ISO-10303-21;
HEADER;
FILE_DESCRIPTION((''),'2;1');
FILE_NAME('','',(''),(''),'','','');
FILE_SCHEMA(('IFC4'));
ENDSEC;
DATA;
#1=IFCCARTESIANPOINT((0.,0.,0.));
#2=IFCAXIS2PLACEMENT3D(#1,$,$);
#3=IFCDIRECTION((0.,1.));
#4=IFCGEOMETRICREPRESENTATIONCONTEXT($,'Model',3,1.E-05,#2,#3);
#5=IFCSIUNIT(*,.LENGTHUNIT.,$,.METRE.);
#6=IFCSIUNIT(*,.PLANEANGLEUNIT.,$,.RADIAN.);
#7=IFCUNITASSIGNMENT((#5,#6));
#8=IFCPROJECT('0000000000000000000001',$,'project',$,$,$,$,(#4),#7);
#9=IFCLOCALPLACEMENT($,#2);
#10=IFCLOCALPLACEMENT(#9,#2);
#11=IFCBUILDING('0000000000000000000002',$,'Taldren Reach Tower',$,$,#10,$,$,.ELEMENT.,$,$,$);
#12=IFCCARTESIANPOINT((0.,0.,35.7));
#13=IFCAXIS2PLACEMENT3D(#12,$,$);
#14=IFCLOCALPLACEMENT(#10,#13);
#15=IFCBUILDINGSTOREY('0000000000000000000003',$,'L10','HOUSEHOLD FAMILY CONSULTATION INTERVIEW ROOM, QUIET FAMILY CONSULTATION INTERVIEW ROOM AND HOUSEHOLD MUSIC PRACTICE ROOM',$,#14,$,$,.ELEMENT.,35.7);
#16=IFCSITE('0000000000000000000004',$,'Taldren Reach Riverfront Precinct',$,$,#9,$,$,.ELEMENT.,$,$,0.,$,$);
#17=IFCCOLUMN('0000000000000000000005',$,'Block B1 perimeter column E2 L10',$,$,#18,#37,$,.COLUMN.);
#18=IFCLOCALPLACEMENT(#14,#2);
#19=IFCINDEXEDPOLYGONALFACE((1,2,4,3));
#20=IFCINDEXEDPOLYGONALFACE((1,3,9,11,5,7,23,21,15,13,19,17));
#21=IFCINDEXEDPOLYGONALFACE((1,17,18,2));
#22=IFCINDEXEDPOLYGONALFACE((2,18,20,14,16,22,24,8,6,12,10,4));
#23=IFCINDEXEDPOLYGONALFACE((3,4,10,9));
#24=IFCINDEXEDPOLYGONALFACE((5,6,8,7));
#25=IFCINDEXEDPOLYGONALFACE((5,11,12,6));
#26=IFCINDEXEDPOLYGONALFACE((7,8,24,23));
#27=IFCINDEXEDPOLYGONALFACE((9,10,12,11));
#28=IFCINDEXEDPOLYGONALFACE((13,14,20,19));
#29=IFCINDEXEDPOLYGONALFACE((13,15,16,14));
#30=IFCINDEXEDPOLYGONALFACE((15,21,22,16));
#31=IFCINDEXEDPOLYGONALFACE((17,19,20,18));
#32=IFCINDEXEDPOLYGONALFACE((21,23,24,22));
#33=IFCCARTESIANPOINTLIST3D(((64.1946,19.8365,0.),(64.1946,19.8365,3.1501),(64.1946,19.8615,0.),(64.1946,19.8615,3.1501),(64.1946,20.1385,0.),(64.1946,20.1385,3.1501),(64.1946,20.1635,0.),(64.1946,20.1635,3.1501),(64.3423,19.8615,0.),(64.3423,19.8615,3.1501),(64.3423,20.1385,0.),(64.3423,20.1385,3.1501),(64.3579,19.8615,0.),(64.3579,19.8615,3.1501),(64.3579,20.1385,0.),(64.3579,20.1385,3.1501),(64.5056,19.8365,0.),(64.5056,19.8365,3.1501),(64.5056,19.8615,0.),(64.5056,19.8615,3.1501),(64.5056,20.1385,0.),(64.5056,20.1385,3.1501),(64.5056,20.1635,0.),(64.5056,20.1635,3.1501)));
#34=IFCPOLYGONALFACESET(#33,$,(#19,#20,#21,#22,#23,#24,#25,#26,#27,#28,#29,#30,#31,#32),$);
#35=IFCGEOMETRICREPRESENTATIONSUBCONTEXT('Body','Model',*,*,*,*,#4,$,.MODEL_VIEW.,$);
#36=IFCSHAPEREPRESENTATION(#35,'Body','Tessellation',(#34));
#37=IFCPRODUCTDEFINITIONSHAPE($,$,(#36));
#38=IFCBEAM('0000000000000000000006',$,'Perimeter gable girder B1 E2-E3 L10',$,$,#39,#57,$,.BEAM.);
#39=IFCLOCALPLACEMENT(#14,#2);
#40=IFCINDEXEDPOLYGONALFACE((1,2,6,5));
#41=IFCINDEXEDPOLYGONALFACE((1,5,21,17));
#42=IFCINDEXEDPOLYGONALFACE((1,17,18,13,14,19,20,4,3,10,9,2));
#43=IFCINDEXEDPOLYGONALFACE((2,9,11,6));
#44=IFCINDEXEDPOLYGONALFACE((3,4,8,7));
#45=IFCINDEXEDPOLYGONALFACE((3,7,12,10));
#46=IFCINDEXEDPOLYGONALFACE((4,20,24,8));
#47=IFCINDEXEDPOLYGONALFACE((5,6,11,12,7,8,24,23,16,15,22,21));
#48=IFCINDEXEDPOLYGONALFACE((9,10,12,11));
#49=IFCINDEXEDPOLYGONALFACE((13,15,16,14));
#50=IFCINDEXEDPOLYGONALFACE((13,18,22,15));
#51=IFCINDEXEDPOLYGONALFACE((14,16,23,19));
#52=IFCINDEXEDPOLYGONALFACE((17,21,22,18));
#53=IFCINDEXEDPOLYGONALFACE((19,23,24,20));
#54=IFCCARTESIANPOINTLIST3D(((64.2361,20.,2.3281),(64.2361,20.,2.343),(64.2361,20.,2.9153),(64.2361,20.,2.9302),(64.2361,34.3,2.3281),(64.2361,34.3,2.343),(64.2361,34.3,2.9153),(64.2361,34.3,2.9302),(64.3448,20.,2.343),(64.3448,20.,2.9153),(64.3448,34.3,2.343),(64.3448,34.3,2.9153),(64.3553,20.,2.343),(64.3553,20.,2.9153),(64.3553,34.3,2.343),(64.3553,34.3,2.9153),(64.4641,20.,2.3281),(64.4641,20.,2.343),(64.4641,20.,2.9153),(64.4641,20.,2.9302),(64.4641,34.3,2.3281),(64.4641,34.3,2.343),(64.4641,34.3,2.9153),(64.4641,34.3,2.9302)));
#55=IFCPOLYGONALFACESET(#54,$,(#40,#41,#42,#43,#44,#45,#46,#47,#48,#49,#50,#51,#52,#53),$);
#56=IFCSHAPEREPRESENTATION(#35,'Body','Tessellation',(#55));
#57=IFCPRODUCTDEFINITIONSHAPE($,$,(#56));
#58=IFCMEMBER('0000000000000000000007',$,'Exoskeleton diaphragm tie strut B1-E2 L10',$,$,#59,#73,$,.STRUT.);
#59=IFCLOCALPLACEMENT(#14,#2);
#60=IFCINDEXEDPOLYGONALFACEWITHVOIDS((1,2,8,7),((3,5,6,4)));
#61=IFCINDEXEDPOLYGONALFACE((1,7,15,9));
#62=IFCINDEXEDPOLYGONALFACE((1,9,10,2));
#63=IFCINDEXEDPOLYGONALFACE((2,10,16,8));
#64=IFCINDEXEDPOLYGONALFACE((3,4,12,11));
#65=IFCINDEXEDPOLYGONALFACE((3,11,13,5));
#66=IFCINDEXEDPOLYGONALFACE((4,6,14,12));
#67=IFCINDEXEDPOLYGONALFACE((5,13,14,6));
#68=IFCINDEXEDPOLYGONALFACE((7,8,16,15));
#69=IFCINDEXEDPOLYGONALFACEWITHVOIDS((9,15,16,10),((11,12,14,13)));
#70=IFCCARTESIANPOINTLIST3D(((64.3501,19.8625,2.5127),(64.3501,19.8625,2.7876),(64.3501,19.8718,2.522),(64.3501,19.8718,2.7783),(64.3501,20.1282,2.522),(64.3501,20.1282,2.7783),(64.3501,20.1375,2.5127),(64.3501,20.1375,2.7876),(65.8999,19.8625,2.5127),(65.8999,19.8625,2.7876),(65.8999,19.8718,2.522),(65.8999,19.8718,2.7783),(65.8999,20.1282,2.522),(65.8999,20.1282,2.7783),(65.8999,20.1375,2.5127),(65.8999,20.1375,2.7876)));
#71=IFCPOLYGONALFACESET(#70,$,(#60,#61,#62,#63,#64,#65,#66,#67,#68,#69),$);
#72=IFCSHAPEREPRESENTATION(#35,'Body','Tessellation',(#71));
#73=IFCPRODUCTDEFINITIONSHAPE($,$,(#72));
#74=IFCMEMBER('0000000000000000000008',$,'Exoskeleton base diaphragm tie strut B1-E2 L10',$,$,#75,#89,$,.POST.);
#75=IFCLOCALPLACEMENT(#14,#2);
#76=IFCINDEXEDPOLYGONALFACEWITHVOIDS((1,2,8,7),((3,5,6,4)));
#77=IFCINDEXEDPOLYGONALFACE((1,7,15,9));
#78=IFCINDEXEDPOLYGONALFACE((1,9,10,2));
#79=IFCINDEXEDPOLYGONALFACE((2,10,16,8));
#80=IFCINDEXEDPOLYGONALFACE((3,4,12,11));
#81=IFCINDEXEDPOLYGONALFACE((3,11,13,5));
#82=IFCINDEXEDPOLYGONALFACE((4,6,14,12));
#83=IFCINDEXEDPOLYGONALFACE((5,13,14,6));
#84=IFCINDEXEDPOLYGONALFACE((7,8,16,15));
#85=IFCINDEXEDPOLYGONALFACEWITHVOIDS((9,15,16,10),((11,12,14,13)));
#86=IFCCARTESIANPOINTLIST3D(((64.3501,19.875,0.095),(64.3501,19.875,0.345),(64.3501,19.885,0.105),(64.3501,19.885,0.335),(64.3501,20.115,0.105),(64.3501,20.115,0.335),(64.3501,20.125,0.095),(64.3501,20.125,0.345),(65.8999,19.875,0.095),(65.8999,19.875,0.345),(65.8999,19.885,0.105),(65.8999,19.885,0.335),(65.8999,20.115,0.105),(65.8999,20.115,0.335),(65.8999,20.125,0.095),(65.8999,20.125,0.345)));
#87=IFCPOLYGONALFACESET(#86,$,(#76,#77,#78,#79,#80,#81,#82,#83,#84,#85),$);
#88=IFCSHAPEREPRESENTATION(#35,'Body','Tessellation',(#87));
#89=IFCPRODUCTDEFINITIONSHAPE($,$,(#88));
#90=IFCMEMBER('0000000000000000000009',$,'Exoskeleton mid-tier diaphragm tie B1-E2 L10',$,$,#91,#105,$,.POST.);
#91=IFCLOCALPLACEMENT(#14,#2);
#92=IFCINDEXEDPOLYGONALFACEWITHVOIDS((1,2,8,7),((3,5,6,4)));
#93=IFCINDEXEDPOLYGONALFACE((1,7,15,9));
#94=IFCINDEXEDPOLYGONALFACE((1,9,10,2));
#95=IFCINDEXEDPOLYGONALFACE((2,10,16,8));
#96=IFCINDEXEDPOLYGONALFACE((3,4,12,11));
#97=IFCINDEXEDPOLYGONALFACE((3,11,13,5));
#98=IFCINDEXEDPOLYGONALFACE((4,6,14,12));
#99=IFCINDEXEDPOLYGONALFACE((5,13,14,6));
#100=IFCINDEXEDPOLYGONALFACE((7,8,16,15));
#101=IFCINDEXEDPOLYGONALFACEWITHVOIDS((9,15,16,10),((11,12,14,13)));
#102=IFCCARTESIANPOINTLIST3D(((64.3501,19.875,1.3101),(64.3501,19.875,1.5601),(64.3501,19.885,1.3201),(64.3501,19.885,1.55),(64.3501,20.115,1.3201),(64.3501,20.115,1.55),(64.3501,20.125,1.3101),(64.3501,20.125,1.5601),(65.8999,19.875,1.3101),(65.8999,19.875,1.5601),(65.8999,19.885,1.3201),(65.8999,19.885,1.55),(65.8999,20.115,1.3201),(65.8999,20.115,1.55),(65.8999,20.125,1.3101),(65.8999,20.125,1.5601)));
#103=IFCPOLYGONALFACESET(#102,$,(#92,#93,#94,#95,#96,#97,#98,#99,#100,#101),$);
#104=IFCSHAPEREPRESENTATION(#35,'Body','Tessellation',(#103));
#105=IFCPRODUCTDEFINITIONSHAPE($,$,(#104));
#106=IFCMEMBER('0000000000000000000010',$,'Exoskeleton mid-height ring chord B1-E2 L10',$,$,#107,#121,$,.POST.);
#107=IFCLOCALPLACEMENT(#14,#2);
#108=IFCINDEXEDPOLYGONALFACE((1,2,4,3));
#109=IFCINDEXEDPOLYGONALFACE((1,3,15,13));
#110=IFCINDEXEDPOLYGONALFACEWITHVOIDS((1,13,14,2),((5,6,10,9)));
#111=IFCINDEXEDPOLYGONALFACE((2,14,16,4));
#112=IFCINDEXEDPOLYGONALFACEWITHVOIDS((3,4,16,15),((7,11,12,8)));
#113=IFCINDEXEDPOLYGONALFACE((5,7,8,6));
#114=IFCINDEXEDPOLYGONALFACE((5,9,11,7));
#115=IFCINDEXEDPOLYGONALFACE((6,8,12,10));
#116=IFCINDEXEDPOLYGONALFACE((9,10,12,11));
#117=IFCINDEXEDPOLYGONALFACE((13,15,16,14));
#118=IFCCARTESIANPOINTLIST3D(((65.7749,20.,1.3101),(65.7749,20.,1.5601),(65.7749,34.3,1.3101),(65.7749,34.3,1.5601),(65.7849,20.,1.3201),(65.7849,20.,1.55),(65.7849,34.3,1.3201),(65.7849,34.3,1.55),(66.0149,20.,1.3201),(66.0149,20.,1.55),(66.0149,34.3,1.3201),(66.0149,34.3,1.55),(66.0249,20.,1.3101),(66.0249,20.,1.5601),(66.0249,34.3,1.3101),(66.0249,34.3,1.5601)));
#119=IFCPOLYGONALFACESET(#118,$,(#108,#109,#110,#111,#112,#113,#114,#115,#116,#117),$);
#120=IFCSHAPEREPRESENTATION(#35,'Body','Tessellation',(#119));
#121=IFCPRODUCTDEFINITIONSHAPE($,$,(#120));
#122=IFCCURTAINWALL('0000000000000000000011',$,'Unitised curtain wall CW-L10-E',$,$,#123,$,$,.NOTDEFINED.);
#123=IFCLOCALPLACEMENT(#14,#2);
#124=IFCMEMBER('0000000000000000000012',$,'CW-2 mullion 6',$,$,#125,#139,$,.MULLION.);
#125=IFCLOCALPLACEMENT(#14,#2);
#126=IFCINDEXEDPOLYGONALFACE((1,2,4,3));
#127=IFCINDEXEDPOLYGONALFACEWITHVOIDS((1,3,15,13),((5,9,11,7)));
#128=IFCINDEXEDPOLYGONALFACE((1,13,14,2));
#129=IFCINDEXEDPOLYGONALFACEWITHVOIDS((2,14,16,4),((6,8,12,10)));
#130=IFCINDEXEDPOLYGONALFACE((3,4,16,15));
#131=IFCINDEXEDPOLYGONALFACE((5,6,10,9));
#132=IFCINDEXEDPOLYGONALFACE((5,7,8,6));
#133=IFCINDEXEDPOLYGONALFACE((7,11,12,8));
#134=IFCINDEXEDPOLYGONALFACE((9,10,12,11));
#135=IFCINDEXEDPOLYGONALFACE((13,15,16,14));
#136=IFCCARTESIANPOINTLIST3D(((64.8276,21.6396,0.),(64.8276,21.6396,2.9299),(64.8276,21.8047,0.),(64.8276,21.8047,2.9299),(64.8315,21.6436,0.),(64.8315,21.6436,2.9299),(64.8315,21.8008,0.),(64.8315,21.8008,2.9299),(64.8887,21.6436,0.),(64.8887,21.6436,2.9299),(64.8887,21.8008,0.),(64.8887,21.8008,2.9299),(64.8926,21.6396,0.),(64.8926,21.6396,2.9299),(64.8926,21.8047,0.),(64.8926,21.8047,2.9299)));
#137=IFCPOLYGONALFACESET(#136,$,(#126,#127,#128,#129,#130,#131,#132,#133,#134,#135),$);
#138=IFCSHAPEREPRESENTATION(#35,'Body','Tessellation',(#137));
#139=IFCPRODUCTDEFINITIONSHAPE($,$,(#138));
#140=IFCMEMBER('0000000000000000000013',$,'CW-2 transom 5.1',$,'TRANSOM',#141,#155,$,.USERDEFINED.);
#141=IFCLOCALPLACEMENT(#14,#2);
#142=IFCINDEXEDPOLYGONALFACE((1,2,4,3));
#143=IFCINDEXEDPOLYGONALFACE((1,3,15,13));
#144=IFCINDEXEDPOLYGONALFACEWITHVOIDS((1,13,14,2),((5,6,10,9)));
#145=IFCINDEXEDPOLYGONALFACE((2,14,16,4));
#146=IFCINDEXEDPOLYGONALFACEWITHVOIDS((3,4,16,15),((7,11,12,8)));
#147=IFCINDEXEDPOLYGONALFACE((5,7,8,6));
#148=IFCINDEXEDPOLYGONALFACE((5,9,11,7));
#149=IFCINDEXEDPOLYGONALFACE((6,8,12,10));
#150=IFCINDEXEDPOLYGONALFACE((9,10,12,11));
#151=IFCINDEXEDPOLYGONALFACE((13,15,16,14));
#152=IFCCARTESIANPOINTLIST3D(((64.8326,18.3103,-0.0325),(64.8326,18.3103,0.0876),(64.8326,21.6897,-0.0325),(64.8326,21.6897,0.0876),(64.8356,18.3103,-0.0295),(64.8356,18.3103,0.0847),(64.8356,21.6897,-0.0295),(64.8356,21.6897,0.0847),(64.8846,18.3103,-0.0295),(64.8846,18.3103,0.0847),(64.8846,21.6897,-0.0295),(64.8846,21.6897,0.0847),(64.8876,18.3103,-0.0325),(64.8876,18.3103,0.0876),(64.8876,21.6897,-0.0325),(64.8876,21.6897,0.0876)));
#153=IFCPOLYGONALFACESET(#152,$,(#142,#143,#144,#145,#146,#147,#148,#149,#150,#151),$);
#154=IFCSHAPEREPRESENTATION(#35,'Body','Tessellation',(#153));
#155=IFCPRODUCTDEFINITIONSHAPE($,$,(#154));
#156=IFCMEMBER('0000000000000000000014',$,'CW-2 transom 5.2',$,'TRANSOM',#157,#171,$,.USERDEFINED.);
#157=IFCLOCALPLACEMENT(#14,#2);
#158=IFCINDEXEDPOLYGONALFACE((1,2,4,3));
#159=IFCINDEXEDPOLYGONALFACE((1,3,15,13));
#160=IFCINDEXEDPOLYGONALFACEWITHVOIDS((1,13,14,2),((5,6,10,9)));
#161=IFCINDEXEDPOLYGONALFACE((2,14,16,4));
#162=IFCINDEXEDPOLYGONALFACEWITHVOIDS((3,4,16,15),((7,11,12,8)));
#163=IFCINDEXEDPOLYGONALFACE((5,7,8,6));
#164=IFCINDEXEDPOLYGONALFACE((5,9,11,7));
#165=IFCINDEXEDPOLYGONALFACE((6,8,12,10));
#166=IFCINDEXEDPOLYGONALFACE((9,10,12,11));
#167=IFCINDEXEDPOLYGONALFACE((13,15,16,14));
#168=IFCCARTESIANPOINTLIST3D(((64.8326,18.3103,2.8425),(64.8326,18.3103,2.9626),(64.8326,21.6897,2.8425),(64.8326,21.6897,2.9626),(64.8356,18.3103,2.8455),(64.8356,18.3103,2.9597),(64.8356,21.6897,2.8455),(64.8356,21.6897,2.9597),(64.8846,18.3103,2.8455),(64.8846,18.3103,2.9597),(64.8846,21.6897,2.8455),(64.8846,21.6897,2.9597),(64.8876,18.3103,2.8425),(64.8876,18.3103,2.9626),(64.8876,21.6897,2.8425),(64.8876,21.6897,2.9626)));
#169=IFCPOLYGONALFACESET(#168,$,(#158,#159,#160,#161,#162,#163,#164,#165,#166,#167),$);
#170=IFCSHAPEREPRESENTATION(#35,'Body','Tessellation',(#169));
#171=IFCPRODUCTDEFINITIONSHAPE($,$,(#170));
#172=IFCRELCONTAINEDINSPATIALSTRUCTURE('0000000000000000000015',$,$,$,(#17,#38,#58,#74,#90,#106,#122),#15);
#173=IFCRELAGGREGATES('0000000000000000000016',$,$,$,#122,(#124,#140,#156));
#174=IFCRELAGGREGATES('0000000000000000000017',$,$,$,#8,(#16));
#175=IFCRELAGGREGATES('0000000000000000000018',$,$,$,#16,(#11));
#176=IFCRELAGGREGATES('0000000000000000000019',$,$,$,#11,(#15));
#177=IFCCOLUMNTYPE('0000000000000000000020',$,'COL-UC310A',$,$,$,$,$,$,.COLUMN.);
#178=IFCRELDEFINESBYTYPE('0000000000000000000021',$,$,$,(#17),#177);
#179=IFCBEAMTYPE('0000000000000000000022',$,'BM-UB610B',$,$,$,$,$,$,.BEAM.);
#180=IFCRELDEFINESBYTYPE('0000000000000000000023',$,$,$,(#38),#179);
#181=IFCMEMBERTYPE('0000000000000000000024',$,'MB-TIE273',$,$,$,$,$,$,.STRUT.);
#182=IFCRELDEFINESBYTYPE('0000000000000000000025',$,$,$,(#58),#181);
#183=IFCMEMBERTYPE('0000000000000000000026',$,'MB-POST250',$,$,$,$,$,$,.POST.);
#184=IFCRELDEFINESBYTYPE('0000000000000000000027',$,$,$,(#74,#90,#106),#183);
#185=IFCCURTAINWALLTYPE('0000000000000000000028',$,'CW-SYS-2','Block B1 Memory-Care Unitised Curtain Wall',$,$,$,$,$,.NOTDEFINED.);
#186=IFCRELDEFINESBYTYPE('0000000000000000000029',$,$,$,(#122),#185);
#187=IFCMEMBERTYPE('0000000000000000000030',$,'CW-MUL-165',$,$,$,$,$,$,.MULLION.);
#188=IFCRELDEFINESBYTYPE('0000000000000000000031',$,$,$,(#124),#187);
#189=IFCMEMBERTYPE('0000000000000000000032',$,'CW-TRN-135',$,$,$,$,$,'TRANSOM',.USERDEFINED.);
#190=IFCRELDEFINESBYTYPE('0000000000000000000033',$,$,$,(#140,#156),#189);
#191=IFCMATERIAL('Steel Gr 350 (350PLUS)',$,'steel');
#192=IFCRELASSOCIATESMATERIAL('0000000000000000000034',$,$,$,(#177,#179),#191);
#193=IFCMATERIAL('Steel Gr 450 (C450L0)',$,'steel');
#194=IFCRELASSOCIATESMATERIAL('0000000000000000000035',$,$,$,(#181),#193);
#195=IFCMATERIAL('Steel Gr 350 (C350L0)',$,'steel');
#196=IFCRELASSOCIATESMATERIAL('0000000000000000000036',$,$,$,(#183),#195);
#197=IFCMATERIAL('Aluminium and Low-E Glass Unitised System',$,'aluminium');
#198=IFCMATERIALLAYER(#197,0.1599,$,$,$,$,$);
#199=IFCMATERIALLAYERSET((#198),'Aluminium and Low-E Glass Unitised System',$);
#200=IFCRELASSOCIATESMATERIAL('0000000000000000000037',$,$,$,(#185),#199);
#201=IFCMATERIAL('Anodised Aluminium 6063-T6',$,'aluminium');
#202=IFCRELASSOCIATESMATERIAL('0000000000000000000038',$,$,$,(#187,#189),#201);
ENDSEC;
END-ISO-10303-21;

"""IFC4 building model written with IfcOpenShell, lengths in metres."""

from ifc_helpers import new_model, si_unit, direction, frame, origin, origin_2d, place, context, subcontext, project, spatial, hollow_rectangle, i_section, extrude, source, transform, mapped, material, layer, layer_set, material_profile, profile_set, type_object, element, aggregate, save


model = new_model("IFC4")

# Units and contexts
model_context = context("Model", 3, precision=1e-05, world=origin(), true_north=direction((0.0, 1.0)))
body_context = subcontext(model_context, "Body", "Model", "MODEL_VIEW")
ifc_project = project(units=[si_unit("LENGTHUNIT", "METRE"), si_unit("PLANEANGLEUNIT", "RADIAN")], contexts=[model_context])

# Site, building, storey
site_placement = place(None, origin())
site = spatial("IfcSite", under=ifc_project, at=site_placement, Name="Taldren Reach Riverfront Precinct", CompositionType="ELEMENT", RefElevation=0.0)
building_placement = place(site_placement, origin())
building = spatial("IfcBuilding", under=site, at=building_placement, Name="Taldren Reach Tower", CompositionType="ELEMENT")
storey_placement = place(building_placement, frame((0.0, 0.0, 35.7)))
storey = spatial("IfcBuildingStorey", under=building, at=storey_placement, Name="L10", Description="HOUSEHOLD FAMILY CONSULTATION INTERVIEW ROOM, QUIET FAMILY CONSULTATION INTERVIEW ROOM AND HOUSEHOLD MUSIC PRACTICE ROOM", CompositionType="ELEMENT", Elevation=35.7)

# Column
ifc_material_1 = material(Name="Steel Gr 350 (350PLUS)", Category="steel")
ifc_material_profile_1 = material_profile(ifc_material_1, i_section(OverallWidth=0.311, OverallDepth=0.3269, WebThickness=0.0156, FlangeThickness=0.0249, at=origin_2d()), Name="310UC158")
ifc_profile_set_1 = profile_set([ifc_material_profile_1], Name="Steel Gr 350 (350PLUS)")
column_type = type_object("IfcColumnType", Name="COL-UC310A", PredefinedType="COLUMN", material=ifc_profile_set_1)
shared_shape_1 = source(origin(), body_context, "Body", "SweptSolid", [
    extrude(i_section(OverallWidth=0.311, OverallDepth=0.3269, WebThickness=0.0156, FlangeThickness=0.0249, at=origin_2d()), origin(), (0.0, 0.0, 1.0), 3.1501),
])
column_placement = place(storey_placement, frame((64.3501, 20.0, 0.0), z_axis=(0.0, 0.0, 1.0), x_axis=(1.0, 0.0, 0.0)))
element("IfcColumn", 1, at=column_placement, inside=storey, type_object=column_type, Name="Block B1 perimeter column E2 L10", PredefinedType="COLUMN", context=body_context, shape_type="MappedRepresentation", body=[
    mapped(shared_shape_1, transform((0.0, 0.0, 0.0), scale=1.0)),
])

# Beam
ifc_material_profile_2 = material_profile(ifc_material_1, i_section(OverallWidth=0.228, OverallDepth=0.6021, WebThickness=0.0105, FlangeThickness=0.0149, at=origin_2d()), Name="610UB101")
ifc_profile_set_2 = profile_set([ifc_material_profile_2], Name="Steel Gr 350 (350PLUS)")
beam_type = type_object("IfcBeamType", Name="BM-UB610B", PredefinedType="BEAM", material=ifc_profile_set_2)
shared_shape_2 = source(origin(), body_context, "Body", "SweptSolid", [
    extrude(i_section(OverallWidth=0.228, OverallDepth=0.6021, WebThickness=0.0105, FlangeThickness=0.0149, at=origin_2d()), origin(), (0.0, 0.0, 1.0), 14.3),
])
beam_placement = place(storey_placement, frame((64.3501, 20.0, 2.6292), z_axis=(0.0, 1.0, 0.0), x_axis=(-1.0, 0.0, 0.0)))
element("IfcBeam", 2, at=beam_placement, inside=storey, type_object=beam_type, Name="Perimeter gable girder B1 E2-E3 L10", PredefinedType="BEAM", context=body_context, shape_type="MappedRepresentation", body=[
    mapped(shared_shape_2, transform((0.0, 0.0, 0.0), scale=1.0)),
])

# Members
ifc_material_2 = material(Name="Steel Gr 450 (C450L0)", Category="steel")
ifc_material_profile_3 = material_profile(ifc_material_2, hollow_rectangle(XDim=0.2749, YDim=0.2749, WallThickness=0.0093, at=origin_2d()), Name="275x275x9.3SHS")
ifc_profile_set_3 = profile_set([ifc_material_profile_3], Name="Steel Gr 450 (C450L0)")
member_type_1 = type_object("IfcMemberType", Name="MB-TIE273", PredefinedType="STRUT", material=ifc_profile_set_3)
shared_shape_3 = source(origin(), body_context, "Body", "SweptSolid", [
    extrude(hollow_rectangle(XDim=0.2749, YDim=0.2749, WallThickness=0.0093, at=origin_2d()), origin(), (0.0, 0.0, 1.0), 1.5498),
])
member_1_placement = place(storey_placement, frame((64.3501, 20.0, 2.6501), z_axis=(1.0, 0.0, 0.0), x_axis=(0.0, 1.0, 0.0)))
element("IfcMember", 3, at=member_1_placement, inside=storey, type_object=member_type_1, Name="Exoskeleton diaphragm tie strut B1-E2 L10", PredefinedType="STRUT", context=body_context, shape_type="MappedRepresentation", body=[
    mapped(shared_shape_3, transform((0.0, 0.0, 0.0), scale=1.0)),
])
ifc_material_3 = material(Name="Steel Gr 350 (C350L0)", Category="steel")
ifc_material_profile_4 = material_profile(ifc_material_3, hollow_rectangle(XDim=0.25, YDim=0.25, WallThickness=0.01, at=origin_2d()), Name="250x250x10.0SHS")
ifc_profile_set_4 = profile_set([ifc_material_profile_4], Name="Steel Gr 350 (C350L0)")
member_type_2 = type_object("IfcMemberType", Name="MB-POST250", PredefinedType="POST", material=ifc_profile_set_4)
shared_shape_4 = source(origin(), body_context, "Body", "SweptSolid", [
    extrude(hollow_rectangle(XDim=0.25, YDim=0.25, WallThickness=0.01, at=origin_2d()), origin(), (0.0, 0.0, 1.0), 1.5498),
])
for number, where, z_axis, x_axis, name in (
    (4, (64.3501, 20.0, 0.22), (1.0, 0.0, 0.0), (0.0, 1.0, 0.0), "Exoskeleton base diaphragm tie strut B1-E2 L10"),
    (5, (64.3501, 20.0, 1.4351), (1.0, 0.0, 0.0), (0.0, 1.0, 0.0), "Exoskeleton mid-tier diaphragm tie B1-E2 L10"),
):
    element("IfcMember", number, at=place(storey_placement, frame(where, z_axis=z_axis, x_axis=x_axis)), inside=storey, type_object=member_type_2, Name=name, PredefinedType="POST", context=body_context, shape_type="MappedRepresentation", body=[
        mapped(shared_shape_4, transform((0.0, 0.0, 0.0), scale=1.0)),
    ])
shared_shape_5 = source(origin(), body_context, "Body", "SweptSolid", [
    extrude(hollow_rectangle(XDim=0.25, YDim=0.25, WallThickness=0.01, at=origin_2d()), origin(), (0.0, 0.0, 1.0), 14.3),
])
member_2_placement = place(storey_placement, frame((65.8999, 20.0, 1.4351), z_axis=(0.0, 1.0, 0.0), x_axis=(-1.0, 0.0, 0.0)))
element("IfcMember", 6, at=member_2_placement, inside=storey, type_object=member_type_2, Name="Exoskeleton mid-height ring chord B1-E2 L10", PredefinedType="POST", context=body_context, shape_type="MappedRepresentation", body=[
    mapped(shared_shape_5, transform((0.0, 0.0, 0.0), scale=1.0)),
])

# Curtain wall, members
ifc_material_4 = material(Name="Aluminium and Low-E Glass Unitised System", Category="aluminium")
ifc_layer_1 = layer(ifc_material_4, 0.1599)
ifc_layer_set_1 = layer_set([ifc_layer_1], Name="Aluminium and Low-E Glass Unitised System")
curtain_wall_type = type_object("IfcCurtainWallType", Name="CW-SYS-2", Description="Block B1 Memory-Care Unitised Curtain Wall", PredefinedType="NOTDEFINED", material=ifc_layer_set_1)
curtain_wall_placement = place(storey_placement, origin())
curtain_wall = element("IfcCurtainWall", 7, at=curtain_wall_placement, inside=storey, type_object=curtain_wall_type, Name="Unitised curtain wall CW-L10-E", PredefinedType="NOTDEFINED")
ifc_material_5 = material(Name="Anodised Aluminium 6063-T6", Category="aluminium")
ifc_material_profile_5 = material_profile(ifc_material_5, hollow_rectangle(XDim=0.0649, YDim=0.165, WallThickness=0.0039, at=origin_2d()), Name="ALU-165x65x4RHS")
ifc_profile_set_5 = profile_set([ifc_material_profile_5], Name="Anodised Aluminium 6063-T6")
member_type_3 = type_object("IfcMemberType", Name="CW-MUL-165", PredefinedType="MULLION", material=ifc_profile_set_5)
shared_shape_6 = source(origin(), body_context, "Body", "SweptSolid", [
    extrude(hollow_rectangle(XDim=0.0649, YDim=0.165, WallThickness=0.0039, at=origin_2d()), origin(), (0.0, 0.0, 1.0), 2.9299),
])
member_3_placement = place(storey_placement, frame((64.8601, 21.7222, 0.0), z_axis=(0.0, 0.0, 1.0), x_axis=(-1.0, 0.0, 0.0)))
member_3 = element("IfcMember", 8, at=member_3_placement, type_object=member_type_3, Name="CW-2 mullion 6", PredefinedType="MULLION", context=body_context, shape_type="MappedRepresentation", body=[
    mapped(shared_shape_6, transform((0.0, 0.0, 0.0), scale=1.0)),
])
ifc_material_profile_6 = material_profile(ifc_material_5, hollow_rectangle(XDim=0.0549, YDim=0.1201, WallThickness=0.0029, at=origin_2d()), Name="ALU-120x55x3RHS")
ifc_profile_set_6 = profile_set([ifc_material_profile_6], Name="Anodised Aluminium 6063-T6")
member_type_4 = type_object("IfcMemberType", Name="CW-TRN-135", ElementType="TRANSOM", PredefinedType="USERDEFINED", material=ifc_profile_set_6)
shared_shape_7 = source(origin(), body_context, "Body", "SweptSolid", [
    extrude(hollow_rectangle(XDim=0.0549, YDim=0.1201, WallThickness=0.0029, at=origin_2d()), origin(), (0.0, 0.0, 1.0), 3.3794),
])
member_4_placement = place(storey_placement, frame((64.8601, 18.3103, 0.0276), z_axis=(0.0, 1.0, 0.0), x_axis=(-1.0, 0.0, 0.0)))
member_4 = element("IfcMember", 9, at=member_4_placement, type_object=member_type_4, Name="CW-2 transom 5.1", ObjectType="TRANSOM", PredefinedType="USERDEFINED", context=body_context, shape_type="MappedRepresentation", body=[
    mapped(shared_shape_7, transform((0.0, 0.0, 0.0), scale=1.0)),
])
member_5_placement = place(storey_placement, frame((64.8601, 18.3103, 2.9026), z_axis=(0.0, 1.0, 0.0), x_axis=(-1.0, 0.0, 0.0)))
member_5 = element("IfcMember", 10, at=member_5_placement, type_object=member_type_4, Name="CW-2 transom 5.2", ObjectType="TRANSOM", PredefinedType="USERDEFINED", context=body_context, shape_type="MappedRepresentation", body=[
    mapped(shared_shape_7, transform((0.0, 0.0, 0.0), scale=1.0)),
])

aggregate(curtain_wall, [member_3, member_4, member_5])

save(model, "model.ifc")
